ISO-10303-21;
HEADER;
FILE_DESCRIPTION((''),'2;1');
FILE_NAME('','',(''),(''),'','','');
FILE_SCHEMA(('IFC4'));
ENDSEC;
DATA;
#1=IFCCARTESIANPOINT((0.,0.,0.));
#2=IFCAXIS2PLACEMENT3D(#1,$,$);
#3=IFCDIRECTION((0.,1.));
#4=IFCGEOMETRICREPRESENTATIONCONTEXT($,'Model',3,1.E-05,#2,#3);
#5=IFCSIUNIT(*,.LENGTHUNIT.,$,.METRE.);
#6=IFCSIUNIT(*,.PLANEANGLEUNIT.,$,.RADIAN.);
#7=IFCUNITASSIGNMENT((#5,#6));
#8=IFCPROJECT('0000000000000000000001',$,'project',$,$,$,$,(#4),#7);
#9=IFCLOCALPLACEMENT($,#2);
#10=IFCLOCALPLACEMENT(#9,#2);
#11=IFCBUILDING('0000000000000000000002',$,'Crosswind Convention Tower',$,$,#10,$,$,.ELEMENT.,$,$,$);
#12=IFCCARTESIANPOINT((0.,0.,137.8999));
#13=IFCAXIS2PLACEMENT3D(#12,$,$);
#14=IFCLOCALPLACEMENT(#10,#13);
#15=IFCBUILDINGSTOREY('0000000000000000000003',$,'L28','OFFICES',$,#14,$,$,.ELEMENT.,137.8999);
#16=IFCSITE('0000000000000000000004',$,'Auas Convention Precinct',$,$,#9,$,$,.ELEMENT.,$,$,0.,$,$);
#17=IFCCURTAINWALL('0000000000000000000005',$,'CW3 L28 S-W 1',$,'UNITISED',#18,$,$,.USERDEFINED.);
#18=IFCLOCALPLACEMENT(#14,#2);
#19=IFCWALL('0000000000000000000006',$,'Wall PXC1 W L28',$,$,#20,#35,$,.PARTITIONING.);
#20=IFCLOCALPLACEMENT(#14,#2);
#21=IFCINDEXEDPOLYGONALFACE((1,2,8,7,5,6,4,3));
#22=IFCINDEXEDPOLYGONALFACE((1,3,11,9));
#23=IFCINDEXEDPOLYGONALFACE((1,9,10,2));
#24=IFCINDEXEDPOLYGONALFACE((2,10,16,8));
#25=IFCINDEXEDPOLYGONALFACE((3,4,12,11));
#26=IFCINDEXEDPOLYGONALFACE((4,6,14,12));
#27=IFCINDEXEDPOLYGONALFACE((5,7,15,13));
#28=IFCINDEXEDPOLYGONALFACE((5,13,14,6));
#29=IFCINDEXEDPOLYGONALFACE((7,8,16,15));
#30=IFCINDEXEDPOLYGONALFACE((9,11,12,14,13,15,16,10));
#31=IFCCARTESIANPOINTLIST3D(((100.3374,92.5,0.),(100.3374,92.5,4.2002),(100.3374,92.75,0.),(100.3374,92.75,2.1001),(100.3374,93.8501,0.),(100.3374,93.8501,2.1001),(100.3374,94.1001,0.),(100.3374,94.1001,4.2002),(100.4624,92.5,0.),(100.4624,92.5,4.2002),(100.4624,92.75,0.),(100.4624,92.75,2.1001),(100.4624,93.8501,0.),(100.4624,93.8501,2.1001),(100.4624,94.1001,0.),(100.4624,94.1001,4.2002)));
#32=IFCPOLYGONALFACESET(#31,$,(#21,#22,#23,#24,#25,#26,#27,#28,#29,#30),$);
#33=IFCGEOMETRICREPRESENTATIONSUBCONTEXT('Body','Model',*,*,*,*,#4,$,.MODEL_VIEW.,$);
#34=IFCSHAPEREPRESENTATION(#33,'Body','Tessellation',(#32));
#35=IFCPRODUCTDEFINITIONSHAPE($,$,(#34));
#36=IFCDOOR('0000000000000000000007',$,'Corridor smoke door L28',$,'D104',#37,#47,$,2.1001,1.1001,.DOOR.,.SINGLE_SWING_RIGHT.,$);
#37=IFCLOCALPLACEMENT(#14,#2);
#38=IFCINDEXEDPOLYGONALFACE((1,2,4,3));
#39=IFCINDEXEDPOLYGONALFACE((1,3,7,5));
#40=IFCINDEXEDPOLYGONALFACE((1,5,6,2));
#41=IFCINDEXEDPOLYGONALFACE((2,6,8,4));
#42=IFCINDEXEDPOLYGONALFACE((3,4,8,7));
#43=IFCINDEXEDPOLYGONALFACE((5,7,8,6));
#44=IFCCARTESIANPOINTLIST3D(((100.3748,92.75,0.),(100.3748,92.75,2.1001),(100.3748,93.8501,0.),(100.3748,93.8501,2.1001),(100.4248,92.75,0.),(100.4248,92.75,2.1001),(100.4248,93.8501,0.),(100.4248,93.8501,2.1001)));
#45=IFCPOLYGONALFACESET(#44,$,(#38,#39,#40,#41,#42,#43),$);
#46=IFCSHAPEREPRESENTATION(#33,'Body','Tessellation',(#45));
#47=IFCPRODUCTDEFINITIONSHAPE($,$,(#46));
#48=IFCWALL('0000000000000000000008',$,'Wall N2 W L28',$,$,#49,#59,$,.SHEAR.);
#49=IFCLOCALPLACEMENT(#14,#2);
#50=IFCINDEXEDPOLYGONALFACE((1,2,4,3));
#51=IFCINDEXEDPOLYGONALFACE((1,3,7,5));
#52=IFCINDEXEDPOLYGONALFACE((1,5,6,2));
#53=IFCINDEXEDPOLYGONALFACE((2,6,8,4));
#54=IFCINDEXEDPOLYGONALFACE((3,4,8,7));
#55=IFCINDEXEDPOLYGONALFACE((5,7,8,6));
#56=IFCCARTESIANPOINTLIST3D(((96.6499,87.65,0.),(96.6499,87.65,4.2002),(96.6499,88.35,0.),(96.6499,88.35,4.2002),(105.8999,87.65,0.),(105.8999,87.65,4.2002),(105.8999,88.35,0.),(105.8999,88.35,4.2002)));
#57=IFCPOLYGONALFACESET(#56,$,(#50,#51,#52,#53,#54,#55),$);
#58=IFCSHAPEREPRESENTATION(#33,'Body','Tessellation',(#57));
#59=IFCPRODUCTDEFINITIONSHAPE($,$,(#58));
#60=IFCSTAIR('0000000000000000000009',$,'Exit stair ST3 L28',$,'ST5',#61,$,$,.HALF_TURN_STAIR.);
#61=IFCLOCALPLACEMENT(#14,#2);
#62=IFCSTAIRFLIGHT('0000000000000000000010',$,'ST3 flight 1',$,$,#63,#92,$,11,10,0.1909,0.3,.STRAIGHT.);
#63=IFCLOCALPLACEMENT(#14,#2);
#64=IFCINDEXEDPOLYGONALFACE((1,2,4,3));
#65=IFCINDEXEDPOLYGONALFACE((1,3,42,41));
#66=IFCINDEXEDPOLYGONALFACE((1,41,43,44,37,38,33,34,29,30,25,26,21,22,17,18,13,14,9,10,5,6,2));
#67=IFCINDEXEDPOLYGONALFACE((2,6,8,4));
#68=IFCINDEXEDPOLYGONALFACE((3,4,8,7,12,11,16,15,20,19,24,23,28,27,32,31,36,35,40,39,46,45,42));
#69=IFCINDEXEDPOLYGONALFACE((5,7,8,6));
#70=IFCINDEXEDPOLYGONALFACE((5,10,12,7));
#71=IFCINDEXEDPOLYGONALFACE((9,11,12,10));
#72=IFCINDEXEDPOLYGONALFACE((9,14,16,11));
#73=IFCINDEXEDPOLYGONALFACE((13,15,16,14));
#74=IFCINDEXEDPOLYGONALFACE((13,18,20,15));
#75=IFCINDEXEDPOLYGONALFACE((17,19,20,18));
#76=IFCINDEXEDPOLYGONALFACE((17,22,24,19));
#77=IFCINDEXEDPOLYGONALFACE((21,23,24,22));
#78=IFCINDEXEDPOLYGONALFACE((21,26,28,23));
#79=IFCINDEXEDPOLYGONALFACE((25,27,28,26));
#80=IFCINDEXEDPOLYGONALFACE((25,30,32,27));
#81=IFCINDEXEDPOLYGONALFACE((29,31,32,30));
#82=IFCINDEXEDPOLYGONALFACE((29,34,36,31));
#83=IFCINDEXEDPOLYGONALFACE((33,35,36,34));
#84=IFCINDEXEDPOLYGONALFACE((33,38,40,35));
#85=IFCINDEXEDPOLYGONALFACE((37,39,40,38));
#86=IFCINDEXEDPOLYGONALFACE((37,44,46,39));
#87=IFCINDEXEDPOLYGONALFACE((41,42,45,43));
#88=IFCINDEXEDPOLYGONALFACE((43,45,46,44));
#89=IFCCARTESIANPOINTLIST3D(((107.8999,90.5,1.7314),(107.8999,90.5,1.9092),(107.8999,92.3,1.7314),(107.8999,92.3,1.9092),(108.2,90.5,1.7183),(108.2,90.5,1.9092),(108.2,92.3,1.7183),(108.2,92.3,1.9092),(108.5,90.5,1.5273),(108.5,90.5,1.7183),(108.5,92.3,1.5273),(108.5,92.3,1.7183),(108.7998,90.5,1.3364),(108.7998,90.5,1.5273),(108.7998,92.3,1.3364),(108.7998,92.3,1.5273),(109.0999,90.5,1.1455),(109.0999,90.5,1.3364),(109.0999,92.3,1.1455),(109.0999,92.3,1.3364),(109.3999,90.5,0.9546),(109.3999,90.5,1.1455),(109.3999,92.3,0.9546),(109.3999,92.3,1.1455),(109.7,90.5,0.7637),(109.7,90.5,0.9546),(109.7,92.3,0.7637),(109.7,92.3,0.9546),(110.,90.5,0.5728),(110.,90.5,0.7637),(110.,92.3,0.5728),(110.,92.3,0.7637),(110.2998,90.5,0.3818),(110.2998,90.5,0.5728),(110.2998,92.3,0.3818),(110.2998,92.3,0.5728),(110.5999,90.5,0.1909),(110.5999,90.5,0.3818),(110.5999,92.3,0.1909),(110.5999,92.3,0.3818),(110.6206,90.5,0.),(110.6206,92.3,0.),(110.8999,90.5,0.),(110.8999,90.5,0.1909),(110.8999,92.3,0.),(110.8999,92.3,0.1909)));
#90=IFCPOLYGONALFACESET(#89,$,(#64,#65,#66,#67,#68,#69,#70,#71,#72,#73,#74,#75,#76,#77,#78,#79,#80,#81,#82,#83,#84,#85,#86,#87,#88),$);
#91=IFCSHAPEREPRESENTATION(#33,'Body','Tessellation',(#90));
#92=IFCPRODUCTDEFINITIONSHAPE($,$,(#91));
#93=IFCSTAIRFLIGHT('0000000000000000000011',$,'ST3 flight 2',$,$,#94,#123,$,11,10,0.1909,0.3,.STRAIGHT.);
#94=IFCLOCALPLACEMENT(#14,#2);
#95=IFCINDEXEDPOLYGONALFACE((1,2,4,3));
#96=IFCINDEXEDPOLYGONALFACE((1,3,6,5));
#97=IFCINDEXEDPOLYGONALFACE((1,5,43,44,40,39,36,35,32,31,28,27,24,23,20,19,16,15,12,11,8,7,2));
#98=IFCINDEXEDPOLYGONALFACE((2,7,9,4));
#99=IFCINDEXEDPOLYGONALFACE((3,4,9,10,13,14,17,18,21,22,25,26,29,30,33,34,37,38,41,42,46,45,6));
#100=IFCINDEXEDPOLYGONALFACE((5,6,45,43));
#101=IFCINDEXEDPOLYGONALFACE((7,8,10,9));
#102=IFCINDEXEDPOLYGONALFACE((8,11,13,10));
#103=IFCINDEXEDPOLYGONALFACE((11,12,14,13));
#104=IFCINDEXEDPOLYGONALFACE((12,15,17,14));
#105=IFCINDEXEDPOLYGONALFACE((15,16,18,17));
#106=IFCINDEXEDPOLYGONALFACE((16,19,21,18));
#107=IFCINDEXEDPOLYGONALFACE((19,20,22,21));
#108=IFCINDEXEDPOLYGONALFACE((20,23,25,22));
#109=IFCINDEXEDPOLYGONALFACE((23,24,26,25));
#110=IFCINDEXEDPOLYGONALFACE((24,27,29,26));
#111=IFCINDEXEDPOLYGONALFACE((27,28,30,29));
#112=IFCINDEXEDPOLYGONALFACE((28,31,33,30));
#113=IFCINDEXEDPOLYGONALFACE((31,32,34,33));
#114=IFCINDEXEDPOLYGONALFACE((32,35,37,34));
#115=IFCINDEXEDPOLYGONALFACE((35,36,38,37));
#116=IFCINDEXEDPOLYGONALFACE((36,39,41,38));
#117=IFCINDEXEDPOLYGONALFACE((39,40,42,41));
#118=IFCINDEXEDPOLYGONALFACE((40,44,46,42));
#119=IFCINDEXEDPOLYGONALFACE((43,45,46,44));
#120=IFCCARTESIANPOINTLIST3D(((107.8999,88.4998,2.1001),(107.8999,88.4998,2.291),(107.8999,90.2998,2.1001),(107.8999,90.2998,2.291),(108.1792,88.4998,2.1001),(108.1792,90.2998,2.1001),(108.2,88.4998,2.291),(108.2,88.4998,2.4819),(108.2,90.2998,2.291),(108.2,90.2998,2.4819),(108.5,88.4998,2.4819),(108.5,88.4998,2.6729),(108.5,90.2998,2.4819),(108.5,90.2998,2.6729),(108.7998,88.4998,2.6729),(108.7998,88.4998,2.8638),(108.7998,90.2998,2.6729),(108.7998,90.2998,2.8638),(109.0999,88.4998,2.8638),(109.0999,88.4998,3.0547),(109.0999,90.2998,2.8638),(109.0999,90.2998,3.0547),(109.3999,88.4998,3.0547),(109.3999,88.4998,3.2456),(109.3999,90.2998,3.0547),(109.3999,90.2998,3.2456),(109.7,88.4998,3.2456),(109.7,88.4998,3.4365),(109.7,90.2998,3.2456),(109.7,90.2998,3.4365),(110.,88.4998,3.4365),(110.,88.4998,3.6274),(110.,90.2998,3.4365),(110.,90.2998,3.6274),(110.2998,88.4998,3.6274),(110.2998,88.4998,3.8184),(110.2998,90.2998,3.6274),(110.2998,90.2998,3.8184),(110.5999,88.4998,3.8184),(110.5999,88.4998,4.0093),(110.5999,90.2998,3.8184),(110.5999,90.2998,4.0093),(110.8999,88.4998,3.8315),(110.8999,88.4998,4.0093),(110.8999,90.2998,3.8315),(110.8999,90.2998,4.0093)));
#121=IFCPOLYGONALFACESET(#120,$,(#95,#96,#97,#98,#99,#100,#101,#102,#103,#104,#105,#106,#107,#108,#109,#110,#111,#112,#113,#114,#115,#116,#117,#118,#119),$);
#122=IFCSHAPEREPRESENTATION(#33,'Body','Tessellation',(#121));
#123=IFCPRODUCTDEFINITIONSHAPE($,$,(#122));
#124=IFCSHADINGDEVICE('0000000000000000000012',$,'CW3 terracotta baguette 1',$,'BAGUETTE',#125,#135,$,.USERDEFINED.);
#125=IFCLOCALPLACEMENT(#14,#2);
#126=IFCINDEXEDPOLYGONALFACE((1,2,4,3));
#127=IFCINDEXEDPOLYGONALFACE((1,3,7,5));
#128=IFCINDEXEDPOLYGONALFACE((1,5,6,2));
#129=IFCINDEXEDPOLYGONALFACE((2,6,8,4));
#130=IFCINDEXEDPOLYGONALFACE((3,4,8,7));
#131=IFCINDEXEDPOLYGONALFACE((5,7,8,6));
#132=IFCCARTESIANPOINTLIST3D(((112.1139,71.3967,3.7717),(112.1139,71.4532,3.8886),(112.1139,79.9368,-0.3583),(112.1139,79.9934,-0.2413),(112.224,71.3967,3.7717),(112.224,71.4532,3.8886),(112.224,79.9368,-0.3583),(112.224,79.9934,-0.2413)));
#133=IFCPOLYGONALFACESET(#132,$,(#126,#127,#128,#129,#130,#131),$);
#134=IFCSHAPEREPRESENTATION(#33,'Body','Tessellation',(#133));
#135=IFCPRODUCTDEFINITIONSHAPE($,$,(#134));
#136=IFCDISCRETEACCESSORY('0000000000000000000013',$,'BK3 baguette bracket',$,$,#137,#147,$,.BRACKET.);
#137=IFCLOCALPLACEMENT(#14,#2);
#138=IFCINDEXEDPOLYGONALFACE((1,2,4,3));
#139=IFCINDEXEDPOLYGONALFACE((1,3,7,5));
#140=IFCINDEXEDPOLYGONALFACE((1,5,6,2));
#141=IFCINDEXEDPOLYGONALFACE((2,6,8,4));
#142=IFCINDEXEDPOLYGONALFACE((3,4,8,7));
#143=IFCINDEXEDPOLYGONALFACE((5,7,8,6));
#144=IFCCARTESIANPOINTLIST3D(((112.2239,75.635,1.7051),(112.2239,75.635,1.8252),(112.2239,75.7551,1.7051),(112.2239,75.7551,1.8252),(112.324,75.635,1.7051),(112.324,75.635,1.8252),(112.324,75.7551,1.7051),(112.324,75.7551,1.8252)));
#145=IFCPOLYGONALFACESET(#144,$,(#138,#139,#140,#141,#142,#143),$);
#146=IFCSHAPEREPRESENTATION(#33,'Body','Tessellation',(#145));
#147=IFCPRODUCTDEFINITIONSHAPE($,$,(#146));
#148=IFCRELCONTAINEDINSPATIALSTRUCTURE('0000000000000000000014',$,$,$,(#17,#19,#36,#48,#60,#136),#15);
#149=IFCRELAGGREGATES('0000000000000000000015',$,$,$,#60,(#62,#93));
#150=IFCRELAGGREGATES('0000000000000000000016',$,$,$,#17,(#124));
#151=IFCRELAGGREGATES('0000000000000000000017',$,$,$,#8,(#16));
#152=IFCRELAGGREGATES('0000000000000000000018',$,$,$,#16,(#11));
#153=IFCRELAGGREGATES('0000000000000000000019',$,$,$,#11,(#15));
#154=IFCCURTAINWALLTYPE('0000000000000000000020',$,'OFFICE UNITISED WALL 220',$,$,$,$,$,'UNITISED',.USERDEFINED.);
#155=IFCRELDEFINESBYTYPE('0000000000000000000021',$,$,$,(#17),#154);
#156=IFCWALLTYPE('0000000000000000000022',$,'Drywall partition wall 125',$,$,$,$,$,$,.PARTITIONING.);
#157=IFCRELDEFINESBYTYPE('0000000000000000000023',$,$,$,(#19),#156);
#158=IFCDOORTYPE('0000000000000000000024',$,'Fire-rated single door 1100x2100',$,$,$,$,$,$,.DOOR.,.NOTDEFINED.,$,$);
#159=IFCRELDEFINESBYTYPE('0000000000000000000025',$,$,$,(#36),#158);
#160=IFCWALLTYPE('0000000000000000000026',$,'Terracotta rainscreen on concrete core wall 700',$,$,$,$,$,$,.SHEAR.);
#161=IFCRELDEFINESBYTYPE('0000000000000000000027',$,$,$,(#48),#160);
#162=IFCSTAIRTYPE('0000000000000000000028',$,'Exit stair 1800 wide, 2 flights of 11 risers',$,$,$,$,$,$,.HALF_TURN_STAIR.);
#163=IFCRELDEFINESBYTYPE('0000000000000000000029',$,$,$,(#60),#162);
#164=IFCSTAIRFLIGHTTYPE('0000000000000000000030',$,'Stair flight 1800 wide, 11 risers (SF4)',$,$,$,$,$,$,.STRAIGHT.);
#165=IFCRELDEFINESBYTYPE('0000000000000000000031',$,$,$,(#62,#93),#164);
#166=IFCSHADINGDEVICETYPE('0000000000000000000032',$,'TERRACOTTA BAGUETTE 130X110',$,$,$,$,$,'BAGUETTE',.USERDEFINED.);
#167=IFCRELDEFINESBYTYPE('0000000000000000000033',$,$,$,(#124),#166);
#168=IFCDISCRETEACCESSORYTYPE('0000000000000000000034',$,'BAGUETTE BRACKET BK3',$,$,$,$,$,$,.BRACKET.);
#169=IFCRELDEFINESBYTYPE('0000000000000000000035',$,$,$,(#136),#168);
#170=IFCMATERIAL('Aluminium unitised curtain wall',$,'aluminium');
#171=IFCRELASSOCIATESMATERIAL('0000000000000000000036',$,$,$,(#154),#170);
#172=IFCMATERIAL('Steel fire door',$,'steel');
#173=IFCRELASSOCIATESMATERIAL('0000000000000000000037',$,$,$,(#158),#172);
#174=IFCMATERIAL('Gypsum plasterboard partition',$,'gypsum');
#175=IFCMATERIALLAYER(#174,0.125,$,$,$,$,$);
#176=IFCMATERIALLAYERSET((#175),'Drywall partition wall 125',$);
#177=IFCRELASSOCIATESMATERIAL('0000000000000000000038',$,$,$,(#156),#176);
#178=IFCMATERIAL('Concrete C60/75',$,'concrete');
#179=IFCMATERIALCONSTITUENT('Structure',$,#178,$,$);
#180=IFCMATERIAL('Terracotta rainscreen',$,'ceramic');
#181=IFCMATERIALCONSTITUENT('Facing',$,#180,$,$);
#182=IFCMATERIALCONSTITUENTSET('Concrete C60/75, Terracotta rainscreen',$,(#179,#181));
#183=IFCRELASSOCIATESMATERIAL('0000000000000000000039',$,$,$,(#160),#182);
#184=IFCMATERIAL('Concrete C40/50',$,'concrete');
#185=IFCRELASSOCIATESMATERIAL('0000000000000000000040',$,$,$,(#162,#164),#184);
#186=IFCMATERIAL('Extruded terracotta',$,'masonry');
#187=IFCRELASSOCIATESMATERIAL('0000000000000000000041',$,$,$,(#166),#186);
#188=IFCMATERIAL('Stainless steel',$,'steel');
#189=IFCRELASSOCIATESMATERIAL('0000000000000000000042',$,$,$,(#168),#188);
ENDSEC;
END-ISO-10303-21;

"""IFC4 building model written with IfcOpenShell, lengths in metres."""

from ifc_helpers import new_model, si_unit, direction, frame, frame_2d, origin, origin_2d, place, context, subcontext, project, spatial, polyline, rectangle, outline, extrude, material, layer, layer_set, constituent, constituent_set, material_profile, profile_set, type_object, element, fill, aggregate, save


model = new_model("IFC4")

# Units and contexts
model_context = context("Model", 3, precision=1e-05, world=origin(), true_north=direction((0.0, 1.0)))
body_context = subcontext(model_context, "Body", "Model", "MODEL_VIEW")
ifc_project = project(units=[si_unit("LENGTHUNIT", "METRE"), si_unit("PLANEANGLEUNIT", "RADIAN")], contexts=[model_context])

# Site, building, storey
site_placement = place(None, origin())
site = spatial("IfcSite", under=ifc_project, at=site_placement, Name="Auas Convention Precinct", CompositionType="ELEMENT", RefElevation=0.0)
building_placement = place(site_placement, origin())
building = spatial("IfcBuilding", under=site, at=building_placement, Name="Crosswind Convention Tower", CompositionType="ELEMENT")
storey_placement = place(building_placement, frame((0.0, 0.0, 137.8999)))
storey = spatial("IfcBuildingStorey", under=building, at=storey_placement, Name="L28", Description="OFFICES", CompositionType="ELEMENT", Elevation=137.8999)

# Shared definitions
ifc_material_1 = material(Name="Aluminium unitised curtain wall", Category="aluminium")

# Curtain wall
curtain_wall_type_1 = type_object("IfcCurtainWallType", Name="OFFICE UNITISED WALL 220", ElementType="UNITISED", PredefinedType="USERDEFINED", material=ifc_material_1)
curtain_wall_1_placement = place(storey_placement, origin())
curtain_wall_1 = element("IfcCurtainWall", 1, at=curtain_wall_1_placement, inside=storey, type_object=curtain_wall_type_1, Name="CW3 L28 S-W 1", ObjectType="UNITISED", PredefinedType="USERDEFINED")

# Shared definitions
ifc_material_2 = material(Name="Stainless steel", Category="steel")

# Shared definitions
ifc_material_3 = material(Name="Steel fire door", Category="steel")
door_type_1 = type_object("IfcDoorType", Name="Fire-rated single door 1100x2100", OperationType="NOTDEFINED", PredefinedType="DOOR", material=ifc_material_3)

# Shared definitions
ifc_material_4 = material(Name="Gypsum plasterboard partition", Category="gypsum")
ifc_layer_1 = layer(ifc_material_4, 0.125)
ifc_layer_set_1 = layer_set([ifc_layer_1], Name="Drywall partition wall 125")
wall_type_1 = type_object("IfcWallType", Name="Drywall partition wall 125", PredefinedType="PARTITIONING", material=ifc_layer_set_1)

# Wall, opening, door
wall_1_placement = place(storey_placement, frame((100.3999, 94.1001, 0.0), z_axis=(0.0, 0.0, 1.0), x_axis=(0.0, -1.0, 0.0)))
wall_1 = element("IfcWall", 2, at=wall_1_placement, inside=storey, type_object=wall_type_1, Name="Wall PXC1 W L28", PredefinedType="PARTITIONING", context=body_context, shape_type="SweptSolid", body=[
    extrude(rectangle(XDim=1.6001, YDim=0.125, at=frame_2d((0.8, 0.0))), origin(), (0.0, 0.0, 1.0), 4.2002),
])
opening_1_placement = place(wall_1_placement, frame((0.25, 0.0, 0.0)))
opening_1 = element("IfcOpeningElement", 3, at=opening_1_placement, cuts=wall_1, PredefinedType="OPENING", context=body_context, shape_type="SweptSolid", body=[
    extrude(rectangle(XDim=1.1001, YDim=2.1001, at=frame_2d((0.55, 1.05))), frame((0.0, 0.0725, 0.0), z_axis=(0.0, -1.0, 0.0), x_axis=(1.0, 0.0, 0.0)), (0.0, 0.0, 1.0), 0.145),
])
door_1_placement = place(opening_1_placement, origin())
door_1 = element("IfcDoor", 4, at=door_1_placement, inside=storey, type_object=door_type_1, Name="Corridor smoke door L28", ObjectType="D104", OperationType="SINGLE_SWING_RIGHT", OverallHeight=2.1001, OverallWidth=1.1001, PredefinedType="DOOR", context=body_context, shape_type="SweptSolid", body=[
    extrude(rectangle(XDim=1.1001, YDim=2.1001, at=frame_2d((0.55, 1.05))), frame((0.0, 0.0249, 0.0), z_axis=(0.0, -1.0, 0.0), x_axis=(1.0, 0.0, 0.0)), (0.0, 0.0, 1.0), 0.05),
])
fill(opening_1, door_1)

# Wall
ifc_material_5 = material(Name="Concrete C60/75", Category="concrete")
ifc_constituent_1 = constituent(ifc_material_5, Name="Structure")
ifc_material_6 = material(Name="Terracotta rainscreen", Category="ceramic")
ifc_constituent_2 = constituent(ifc_material_6, Name="Facing")
ifc_constituent_set = constituent_set(constituents=[ifc_constituent_1, ifc_constituent_2], Name="Concrete C60/75, Terracotta rainscreen")
wall_type_2 = type_object("IfcWallType", Name="Terracotta rainscreen on concrete core wall 700", PredefinedType="SHEAR", material=ifc_constituent_set)
wall_2_placement = place(storey_placement, frame((105.8999, 88.0, 0.0), z_axis=(0.0, 0.0, 1.0), x_axis=(-1.0, 0.0, 0.0)))
element("IfcWall", 5, at=wall_2_placement, inside=storey, type_object=wall_type_2, Name="Wall N2 W L28", PredefinedType="SHEAR", context=body_context, shape_type="SweptSolid", body=[
    extrude(rectangle(XDim=9.25, YDim=0.7, at=frame_2d((4.625, 0.0))), origin(), (0.0, 0.0, 1.0), 4.2002),
])

# Stair, stair flights
ifc_material_7 = material(Name="Concrete C40/50", Category="concrete")
stair_type = type_object("IfcStairType", Name="Exit stair 1800 wide, 2 flights of 11 risers", PredefinedType="HALF_TURN_STAIR", material=ifc_material_7)
stair_placement = place(storey_placement, origin())
stair = element("IfcStair", 6, at=stair_placement, inside=storey, type_object=stair_type, Name="Exit stair ST3 L28", ObjectType="ST5", PredefinedType="HALF_TURN_STAIR")
stair_flight_type = type_object("IfcStairFlightType", Name="Stair flight 1800 wide, 11 risers (SF4)", PredefinedType="STRAIGHT", material=ifc_material_7)
stair_flight_1_placement = place(storey_placement, frame((110.8999, 91.3999, 0.0), z_axis=(0.0, 0.0, 1.0), x_axis=(-1.0, 0.0, 0.0)))
stair_flight_1 = element("IfcStairFlight", 7, at=stair_flight_1_placement, type_object=stair_flight_type, Name="ST3 flight 1", NumberOfRisers=11, NumberOfTreads=10, PredefinedType="STRAIGHT", RiserHeight=0.1909, TreadLength=0.3, context=body_context, shape_type="SweptSolid", body=[
    extrude(outline(polyline([(0.0, 0.0), (0.0, 0.1909), (0.3, 0.1909), (0.3, 0.3818), (0.6001, 0.3818), (0.6001, 0.5728), (0.8999, 0.5728), (0.8999, 0.7637), (1.2, 0.7637), (1.2, 0.9546), (1.5, 0.9546), (1.5, 1.1455), (1.8, 1.1455), (1.8, 1.3364), (2.1001, 1.3364), (2.1001, 1.5273), (2.3999, 1.5273), (2.3999, 1.7183), (2.7, 1.7183), (2.7, 1.9092), (3.0, 1.9092), (3.0, 2.1001), (3.0, 1.7314), (0.2793, 0.0), (0.0, 0.0)])), frame((0.0, 0.8999, 0.0), z_axis=(0.0, -1.0, 0.0), x_axis=(1.0, 0.0, 0.0)), (0.0, 0.0, 1.0), 1.8),
])
stair_flight_2_placement = place(storey_placement, frame((107.8999, 89.3999, 2.1001), z_axis=(0.0, 0.0, 1.0), x_axis=(1.0, 0.0, 0.0)))
stair_flight_2 = element("IfcStairFlight", 8, at=stair_flight_2_placement, type_object=stair_flight_type, Name="ST3 flight 2", NumberOfRisers=11, NumberOfTreads=10, PredefinedType="STRAIGHT", RiserHeight=0.1909, TreadLength=0.3, context=body_context, shape_type="SweptSolid", body=[
    extrude(outline(polyline([(0.0, 0.0), (0.0, 0.1909), (0.3, 0.1909), (0.3, 0.3818), (0.6001, 0.3818), (0.6001, 0.5728), (0.8999, 0.5728), (0.8999, 0.7637), (1.2, 0.7637), (1.2, 0.9546), (1.5, 0.9546), (1.5, 1.1455), (1.8, 1.1455), (1.8, 1.3364), (2.1001, 1.3364), (2.1001, 1.5273), (2.3999, 1.5273), (2.3999, 1.7183), (2.7, 1.7183), (2.7, 1.9092), (3.0, 1.9092), (3.0, 2.1001), (3.0, 1.7314), (0.2793, 0.0), (0.0, 0.0)])), frame((0.0, 0.8999, 0.0), z_axis=(0.0, -1.0, 0.0), x_axis=(1.0, 0.0, 0.0)), (0.0, 0.0, 1.0), 1.8),
])
aggregate(stair, [stair_flight_1, stair_flight_2])

# Shading device
ifc_material_8 = material(Name="Extruded terracotta", Category="masonry")
ifc_material_profile_1 = material_profile(ifc_material_8, rectangle(XDim=0.1101, YDim=0.1299, at=origin_2d()), Name="TC 110X130")
ifc_profile_set_1 = profile_set([ifc_material_profile_1], Name="Extruded terracotta")
shading_device_type = type_object("IfcShadingDeviceType", Name="TERRACOTTA BAGUETTE 130X110", ElementType="BAGUETTE", PredefinedType="USERDEFINED", material=ifc_profile_set_1)
shading_device_placement = place(storey_placement, frame((112.1689, 79.9651, -0.2998), z_axis=(0.0, -0.900258, 0.435356), x_axis=(1.0, 0.0, 0.0)))
shading_device = element("IfcShadingDevice", 9, at=shading_device_placement, type_object=shading_device_type, Name="CW3 terracotta baguette 1", ObjectType="BAGUETTE", PredefinedType="USERDEFINED", context=body_context, shape_type="SweptSolid", body=[
    extrude(rectangle(XDim=0.1101, YDim=0.1299, at=origin_2d()), origin(), (0.0, 0.0, 1.0), 9.4863),
])
aggregate(curtain_wall_1, [shading_device])

# Discrete accessory
discrete_accessory_type = type_object("IfcDiscreteAccessoryType", Name="BAGUETTE BRACKET BK3", PredefinedType="BRACKET", material=ifc_material_2)
discrete_accessory_placement = place(storey_placement, frame((112.2739, 75.6951, 1.7051), z_axis=(0.0, 0.0, 1.0), x_axis=(0.0, -1.0, 0.0)))
element("IfcDiscreteAccessory", 10, at=discrete_accessory_placement, inside=storey, type_object=discrete_accessory_type, Name="BK3 baguette bracket", PredefinedType="BRACKET", context=body_context, shape_type="SweptSolid", body=[
    extrude(rectangle(XDim=0.1201, YDim=0.1001, at=origin_2d()), origin(), (0.0, 0.0, 1.0), 0.1201),
])

save(model, "model.ifc")
